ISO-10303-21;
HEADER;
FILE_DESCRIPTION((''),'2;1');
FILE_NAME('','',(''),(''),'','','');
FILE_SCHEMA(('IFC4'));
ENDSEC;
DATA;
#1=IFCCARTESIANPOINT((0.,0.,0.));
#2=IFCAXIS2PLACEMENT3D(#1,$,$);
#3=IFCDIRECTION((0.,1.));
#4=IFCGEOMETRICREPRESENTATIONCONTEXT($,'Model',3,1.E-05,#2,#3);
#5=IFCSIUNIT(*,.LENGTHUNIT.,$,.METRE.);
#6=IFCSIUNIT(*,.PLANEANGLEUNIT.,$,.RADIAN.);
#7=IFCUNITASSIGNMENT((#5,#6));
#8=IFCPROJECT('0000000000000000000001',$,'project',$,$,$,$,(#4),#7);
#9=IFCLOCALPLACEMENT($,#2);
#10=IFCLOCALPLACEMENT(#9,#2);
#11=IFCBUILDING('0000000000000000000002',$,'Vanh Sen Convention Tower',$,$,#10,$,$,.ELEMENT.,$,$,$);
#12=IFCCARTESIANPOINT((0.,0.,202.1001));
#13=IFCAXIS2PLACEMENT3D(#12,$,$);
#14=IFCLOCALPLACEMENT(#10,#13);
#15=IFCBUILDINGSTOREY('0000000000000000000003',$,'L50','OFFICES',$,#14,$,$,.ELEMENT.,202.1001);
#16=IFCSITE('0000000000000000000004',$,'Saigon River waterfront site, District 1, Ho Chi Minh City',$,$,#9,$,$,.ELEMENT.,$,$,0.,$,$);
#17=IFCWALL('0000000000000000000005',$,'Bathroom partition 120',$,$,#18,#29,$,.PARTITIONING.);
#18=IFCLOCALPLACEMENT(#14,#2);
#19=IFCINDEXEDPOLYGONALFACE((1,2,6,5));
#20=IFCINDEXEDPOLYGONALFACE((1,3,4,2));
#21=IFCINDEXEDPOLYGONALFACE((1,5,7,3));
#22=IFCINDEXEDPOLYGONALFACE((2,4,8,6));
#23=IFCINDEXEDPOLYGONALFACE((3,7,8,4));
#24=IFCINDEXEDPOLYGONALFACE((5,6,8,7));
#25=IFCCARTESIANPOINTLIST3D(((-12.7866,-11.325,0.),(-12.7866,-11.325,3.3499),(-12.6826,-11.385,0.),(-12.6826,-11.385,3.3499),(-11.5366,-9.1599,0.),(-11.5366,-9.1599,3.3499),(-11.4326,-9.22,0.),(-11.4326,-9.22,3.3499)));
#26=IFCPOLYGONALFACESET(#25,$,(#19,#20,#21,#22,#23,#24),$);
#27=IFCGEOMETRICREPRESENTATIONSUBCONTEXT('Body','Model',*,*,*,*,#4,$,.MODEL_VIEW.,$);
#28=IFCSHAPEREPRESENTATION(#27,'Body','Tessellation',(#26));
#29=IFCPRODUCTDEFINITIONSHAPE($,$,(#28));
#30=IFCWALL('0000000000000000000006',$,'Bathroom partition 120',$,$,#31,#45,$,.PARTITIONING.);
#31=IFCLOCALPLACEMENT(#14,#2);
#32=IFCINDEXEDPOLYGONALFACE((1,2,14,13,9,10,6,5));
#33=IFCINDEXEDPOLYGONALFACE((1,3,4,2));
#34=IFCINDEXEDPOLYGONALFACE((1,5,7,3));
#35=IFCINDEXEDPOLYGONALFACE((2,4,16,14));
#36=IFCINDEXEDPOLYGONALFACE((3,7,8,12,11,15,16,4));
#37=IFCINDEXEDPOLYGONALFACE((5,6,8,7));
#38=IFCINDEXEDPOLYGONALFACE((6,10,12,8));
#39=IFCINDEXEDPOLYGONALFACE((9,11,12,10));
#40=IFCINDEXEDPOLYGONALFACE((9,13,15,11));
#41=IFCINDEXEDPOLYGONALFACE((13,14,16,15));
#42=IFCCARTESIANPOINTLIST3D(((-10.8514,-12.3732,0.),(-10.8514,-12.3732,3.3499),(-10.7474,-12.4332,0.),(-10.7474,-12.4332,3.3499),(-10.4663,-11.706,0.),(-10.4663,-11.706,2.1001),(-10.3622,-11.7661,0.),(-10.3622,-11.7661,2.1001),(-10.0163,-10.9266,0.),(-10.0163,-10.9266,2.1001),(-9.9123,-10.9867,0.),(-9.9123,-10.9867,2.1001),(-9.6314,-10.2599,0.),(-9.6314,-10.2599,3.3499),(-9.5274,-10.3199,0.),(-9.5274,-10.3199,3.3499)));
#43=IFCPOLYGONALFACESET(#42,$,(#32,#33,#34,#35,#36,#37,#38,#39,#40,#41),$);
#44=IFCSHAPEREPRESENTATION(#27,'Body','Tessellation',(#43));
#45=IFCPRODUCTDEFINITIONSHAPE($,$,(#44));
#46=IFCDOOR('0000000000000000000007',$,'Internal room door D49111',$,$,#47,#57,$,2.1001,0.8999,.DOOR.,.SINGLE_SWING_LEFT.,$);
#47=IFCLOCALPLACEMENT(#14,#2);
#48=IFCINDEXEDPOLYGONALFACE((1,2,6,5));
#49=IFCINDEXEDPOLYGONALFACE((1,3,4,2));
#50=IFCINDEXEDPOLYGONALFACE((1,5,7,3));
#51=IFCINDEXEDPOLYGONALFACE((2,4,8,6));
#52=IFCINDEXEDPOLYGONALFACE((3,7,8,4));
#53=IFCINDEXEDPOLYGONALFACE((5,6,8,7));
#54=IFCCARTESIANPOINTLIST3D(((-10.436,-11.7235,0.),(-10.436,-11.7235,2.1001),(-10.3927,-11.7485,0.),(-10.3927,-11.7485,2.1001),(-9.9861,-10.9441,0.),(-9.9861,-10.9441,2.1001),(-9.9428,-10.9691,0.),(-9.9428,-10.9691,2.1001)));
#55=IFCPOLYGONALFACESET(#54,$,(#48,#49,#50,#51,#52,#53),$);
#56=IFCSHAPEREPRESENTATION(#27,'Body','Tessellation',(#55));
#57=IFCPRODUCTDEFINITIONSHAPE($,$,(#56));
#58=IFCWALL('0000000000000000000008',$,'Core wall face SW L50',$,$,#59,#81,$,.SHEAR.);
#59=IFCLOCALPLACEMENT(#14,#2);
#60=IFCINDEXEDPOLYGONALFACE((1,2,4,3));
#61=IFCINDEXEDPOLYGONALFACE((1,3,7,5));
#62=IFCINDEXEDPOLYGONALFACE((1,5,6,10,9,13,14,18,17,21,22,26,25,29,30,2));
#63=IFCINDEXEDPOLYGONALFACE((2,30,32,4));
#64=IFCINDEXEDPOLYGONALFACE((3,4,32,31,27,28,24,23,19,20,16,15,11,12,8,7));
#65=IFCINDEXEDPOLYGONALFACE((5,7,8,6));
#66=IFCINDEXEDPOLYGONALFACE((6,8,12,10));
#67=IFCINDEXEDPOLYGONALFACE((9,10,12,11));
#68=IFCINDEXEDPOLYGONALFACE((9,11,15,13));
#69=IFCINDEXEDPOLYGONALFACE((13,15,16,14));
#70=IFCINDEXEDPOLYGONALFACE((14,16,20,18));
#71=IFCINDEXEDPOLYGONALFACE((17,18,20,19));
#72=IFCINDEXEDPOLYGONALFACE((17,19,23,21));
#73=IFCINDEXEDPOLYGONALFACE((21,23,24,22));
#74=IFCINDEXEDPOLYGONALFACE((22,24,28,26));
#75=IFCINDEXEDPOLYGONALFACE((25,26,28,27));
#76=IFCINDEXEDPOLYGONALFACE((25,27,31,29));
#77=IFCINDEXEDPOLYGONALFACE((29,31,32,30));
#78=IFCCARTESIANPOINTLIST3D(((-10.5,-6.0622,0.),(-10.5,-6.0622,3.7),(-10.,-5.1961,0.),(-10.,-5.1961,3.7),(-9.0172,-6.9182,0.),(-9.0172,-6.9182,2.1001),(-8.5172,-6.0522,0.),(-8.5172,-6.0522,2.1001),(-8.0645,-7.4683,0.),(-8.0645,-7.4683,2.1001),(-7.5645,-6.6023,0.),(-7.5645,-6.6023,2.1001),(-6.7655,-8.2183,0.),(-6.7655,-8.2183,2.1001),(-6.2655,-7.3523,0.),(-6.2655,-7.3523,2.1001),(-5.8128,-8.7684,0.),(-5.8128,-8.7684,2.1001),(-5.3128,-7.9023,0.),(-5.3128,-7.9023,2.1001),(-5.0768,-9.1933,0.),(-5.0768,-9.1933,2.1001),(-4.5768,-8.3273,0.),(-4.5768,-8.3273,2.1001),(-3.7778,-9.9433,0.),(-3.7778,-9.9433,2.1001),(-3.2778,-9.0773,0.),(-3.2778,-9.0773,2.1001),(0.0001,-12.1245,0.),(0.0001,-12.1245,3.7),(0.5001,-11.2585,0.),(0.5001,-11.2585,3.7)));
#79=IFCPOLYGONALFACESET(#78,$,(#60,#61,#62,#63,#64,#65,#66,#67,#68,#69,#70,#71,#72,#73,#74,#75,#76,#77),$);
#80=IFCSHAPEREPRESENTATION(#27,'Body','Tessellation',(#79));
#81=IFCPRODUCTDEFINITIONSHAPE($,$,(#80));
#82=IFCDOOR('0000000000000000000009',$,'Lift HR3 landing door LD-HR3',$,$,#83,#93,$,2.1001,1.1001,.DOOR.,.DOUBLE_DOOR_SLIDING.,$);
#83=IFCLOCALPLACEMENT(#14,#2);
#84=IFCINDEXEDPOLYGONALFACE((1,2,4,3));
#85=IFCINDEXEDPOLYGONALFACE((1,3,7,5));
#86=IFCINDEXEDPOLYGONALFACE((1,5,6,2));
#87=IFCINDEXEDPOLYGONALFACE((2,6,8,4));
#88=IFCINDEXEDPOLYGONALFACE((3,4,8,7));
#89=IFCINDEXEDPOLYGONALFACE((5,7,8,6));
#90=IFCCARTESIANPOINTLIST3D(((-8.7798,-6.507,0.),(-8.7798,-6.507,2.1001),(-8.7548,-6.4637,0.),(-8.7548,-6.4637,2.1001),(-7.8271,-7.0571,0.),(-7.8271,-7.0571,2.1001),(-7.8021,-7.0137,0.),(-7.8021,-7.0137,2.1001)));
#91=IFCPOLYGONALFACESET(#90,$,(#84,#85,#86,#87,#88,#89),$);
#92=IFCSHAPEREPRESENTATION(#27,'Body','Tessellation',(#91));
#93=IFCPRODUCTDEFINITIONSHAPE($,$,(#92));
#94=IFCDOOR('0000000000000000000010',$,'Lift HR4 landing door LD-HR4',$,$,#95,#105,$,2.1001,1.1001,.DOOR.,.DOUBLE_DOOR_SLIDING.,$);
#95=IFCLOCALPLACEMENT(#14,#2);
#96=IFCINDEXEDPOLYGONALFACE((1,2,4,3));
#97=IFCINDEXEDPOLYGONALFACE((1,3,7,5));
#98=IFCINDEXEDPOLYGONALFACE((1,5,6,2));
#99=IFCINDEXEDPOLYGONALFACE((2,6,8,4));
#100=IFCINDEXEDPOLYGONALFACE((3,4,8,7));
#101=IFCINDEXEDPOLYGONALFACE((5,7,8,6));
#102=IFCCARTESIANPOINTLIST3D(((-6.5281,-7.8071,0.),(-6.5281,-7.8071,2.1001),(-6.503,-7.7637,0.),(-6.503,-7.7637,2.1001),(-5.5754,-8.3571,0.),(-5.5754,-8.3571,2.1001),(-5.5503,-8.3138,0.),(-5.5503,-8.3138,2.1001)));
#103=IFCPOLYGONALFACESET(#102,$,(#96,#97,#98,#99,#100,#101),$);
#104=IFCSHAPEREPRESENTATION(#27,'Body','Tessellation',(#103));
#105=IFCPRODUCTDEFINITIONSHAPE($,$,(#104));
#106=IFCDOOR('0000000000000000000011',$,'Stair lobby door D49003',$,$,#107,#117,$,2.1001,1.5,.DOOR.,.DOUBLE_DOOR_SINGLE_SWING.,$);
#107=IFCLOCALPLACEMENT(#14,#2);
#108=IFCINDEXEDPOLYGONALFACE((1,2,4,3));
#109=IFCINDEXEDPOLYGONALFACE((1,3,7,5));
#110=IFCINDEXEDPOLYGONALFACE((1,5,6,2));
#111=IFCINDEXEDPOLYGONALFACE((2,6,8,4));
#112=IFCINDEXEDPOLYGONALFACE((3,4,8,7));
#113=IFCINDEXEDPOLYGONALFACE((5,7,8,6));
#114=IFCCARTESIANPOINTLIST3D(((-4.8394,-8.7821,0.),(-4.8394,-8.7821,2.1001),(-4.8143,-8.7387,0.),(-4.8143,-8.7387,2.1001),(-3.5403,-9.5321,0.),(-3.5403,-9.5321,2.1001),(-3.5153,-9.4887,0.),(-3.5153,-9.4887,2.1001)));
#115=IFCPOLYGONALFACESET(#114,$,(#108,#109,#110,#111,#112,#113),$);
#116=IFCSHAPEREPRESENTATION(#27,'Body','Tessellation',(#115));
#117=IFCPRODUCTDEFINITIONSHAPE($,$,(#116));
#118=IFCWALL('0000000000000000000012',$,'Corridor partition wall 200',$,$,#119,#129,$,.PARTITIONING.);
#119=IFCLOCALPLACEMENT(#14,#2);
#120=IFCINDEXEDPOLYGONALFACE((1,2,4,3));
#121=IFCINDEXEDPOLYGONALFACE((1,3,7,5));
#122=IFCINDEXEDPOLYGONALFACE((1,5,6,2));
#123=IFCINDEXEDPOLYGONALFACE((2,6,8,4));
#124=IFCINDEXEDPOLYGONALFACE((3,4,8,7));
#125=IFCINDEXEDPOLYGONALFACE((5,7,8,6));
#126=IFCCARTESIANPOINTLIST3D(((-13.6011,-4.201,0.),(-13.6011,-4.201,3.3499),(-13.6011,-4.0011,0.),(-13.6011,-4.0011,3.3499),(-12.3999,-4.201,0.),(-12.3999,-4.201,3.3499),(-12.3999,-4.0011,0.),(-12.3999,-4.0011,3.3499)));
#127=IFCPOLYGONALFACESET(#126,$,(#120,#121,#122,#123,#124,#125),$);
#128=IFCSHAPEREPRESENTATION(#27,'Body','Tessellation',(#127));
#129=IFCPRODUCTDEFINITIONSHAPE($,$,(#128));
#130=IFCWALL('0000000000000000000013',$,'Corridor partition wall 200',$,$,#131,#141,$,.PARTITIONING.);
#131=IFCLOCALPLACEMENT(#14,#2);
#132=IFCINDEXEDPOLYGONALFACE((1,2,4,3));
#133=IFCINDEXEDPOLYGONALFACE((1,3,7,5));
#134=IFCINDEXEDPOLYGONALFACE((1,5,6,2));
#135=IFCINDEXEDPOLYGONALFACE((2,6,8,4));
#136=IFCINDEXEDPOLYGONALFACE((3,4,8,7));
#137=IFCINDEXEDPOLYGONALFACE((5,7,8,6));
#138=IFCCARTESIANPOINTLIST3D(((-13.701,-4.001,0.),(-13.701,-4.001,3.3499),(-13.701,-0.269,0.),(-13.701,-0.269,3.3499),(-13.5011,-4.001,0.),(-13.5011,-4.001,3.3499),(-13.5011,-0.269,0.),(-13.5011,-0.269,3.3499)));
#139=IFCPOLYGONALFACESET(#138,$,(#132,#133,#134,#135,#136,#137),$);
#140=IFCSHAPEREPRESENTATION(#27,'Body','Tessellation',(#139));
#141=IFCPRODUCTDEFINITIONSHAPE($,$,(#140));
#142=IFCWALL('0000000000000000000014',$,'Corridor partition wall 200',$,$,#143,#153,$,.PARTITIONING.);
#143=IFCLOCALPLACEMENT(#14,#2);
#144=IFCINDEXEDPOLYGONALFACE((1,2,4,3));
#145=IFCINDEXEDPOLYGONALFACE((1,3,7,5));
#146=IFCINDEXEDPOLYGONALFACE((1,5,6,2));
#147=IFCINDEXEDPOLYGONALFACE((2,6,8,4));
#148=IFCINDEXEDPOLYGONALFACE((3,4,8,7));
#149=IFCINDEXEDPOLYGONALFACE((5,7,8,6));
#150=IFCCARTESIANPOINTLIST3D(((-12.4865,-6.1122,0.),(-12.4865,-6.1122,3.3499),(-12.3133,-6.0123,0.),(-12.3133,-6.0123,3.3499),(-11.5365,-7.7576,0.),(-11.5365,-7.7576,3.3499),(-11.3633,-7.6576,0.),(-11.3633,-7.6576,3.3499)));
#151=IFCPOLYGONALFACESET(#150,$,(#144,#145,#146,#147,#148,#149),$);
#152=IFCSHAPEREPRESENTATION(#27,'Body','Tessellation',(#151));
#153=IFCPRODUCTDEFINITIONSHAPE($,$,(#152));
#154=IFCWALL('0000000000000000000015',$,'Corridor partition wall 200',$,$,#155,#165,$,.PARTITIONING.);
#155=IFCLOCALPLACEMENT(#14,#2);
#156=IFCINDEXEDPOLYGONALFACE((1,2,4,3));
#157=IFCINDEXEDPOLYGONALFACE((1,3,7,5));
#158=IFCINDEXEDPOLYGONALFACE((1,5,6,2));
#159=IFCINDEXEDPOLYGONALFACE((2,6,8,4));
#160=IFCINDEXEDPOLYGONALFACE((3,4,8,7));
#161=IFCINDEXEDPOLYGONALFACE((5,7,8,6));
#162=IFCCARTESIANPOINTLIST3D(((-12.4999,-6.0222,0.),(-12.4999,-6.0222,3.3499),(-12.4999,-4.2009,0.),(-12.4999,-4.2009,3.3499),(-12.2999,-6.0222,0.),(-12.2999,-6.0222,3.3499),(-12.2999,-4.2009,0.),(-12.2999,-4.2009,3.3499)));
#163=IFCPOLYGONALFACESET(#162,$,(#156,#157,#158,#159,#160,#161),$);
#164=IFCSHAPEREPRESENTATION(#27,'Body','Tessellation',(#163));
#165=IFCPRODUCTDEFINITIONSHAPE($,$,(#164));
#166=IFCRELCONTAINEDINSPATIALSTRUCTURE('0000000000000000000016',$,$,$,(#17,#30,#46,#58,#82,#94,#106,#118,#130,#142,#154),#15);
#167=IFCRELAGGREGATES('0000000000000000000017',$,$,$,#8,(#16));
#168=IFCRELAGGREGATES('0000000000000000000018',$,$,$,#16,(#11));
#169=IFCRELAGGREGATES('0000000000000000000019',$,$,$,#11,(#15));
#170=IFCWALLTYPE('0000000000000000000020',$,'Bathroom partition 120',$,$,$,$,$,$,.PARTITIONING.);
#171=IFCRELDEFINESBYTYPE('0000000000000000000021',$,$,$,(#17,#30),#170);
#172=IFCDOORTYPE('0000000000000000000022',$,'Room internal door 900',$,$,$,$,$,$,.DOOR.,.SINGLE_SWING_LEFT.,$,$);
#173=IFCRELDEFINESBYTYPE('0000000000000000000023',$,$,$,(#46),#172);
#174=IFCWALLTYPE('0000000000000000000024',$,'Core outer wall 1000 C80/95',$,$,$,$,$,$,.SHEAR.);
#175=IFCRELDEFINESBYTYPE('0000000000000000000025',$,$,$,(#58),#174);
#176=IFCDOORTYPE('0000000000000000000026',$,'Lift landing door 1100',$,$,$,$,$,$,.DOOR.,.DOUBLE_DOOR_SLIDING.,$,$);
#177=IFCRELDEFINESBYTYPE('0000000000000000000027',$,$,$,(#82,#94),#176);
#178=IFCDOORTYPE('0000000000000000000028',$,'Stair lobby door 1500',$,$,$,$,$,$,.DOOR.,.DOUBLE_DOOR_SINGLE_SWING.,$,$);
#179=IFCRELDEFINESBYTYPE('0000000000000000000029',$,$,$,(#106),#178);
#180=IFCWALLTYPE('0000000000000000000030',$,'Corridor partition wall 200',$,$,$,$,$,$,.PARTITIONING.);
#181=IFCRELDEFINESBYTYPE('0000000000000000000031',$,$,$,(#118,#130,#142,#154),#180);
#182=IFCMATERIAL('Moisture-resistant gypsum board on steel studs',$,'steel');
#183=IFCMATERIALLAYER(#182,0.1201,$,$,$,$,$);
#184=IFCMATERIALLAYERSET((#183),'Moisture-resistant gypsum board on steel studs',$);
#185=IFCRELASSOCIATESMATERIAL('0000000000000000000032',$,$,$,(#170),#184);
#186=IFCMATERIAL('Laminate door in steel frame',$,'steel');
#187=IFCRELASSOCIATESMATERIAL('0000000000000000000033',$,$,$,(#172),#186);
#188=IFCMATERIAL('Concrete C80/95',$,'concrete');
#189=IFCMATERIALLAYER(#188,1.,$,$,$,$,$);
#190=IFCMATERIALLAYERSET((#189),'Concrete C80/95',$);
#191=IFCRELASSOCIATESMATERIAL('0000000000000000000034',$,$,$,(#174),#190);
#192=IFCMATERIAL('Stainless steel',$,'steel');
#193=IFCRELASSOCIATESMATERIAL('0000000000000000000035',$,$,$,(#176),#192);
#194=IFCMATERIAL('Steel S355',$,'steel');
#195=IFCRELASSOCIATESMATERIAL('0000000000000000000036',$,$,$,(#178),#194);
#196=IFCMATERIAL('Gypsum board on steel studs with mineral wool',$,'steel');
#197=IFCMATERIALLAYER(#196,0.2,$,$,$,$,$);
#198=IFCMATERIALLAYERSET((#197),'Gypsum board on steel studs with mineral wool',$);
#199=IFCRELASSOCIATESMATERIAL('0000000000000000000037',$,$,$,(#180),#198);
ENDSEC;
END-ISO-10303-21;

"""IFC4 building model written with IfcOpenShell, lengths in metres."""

from ifc_helpers import new_model, si_unit, direction, frame, frame_2d, origin, place, context, subcontext, project, spatial, rectangle, extrude, material, layer, layer_set, type_object, element, fill, save


model = new_model("IFC4")

# Units and contexts
model_context = context("Model", 3, precision=1e-05, world=origin(), true_north=direction((0.0, 1.0)))
body_context = subcontext(model_context, "Body", "Model", "MODEL_VIEW")
ifc_project = project(units=[si_unit("LENGTHUNIT", "METRE"), si_unit("PLANEANGLEUNIT", "RADIAN")], contexts=[model_context])

# Site, building, storey
site_placement = place(None, origin())
site = spatial("IfcSite", under=ifc_project, at=site_placement, Name="Saigon River waterfront site, District 1, Ho Chi Minh City", CompositionType="ELEMENT", RefElevation=0.0)
building_placement = place(site_placement, origin())
building = spatial("IfcBuilding", under=site, at=building_placement, Name="Vanh Sen Convention Tower", CompositionType="ELEMENT")
storey_placement = place(building_placement, frame((0.0, 0.0, 202.1001)))
storey = spatial("IfcBuildingStorey", under=building, at=storey_placement, Name="L50", Description="OFFICES", CompositionType="ELEMENT", Elevation=202.1001)

# Wall
ifc_material_1 = material(Name="Moisture-resistant gypsum board on steel studs", Category="steel")
ifc_layer_1 = layer(ifc_material_1, 0.1201)
ifc_layer_set_1 = layer_set([ifc_layer_1], Name="Moisture-resistant gypsum board on steel studs")
wall_type_1 = type_object("IfcWallType", Name="Bathroom partition 120", PredefinedType="PARTITIONING", material=ifc_layer_set_1)
wall_1_placement = place(storey_placement, frame((-12.7346, -11.355, 0.0), z_axis=(0.0, 0.0, 1.0), x_axis=(0.500004, 0.866023, 0.0)))
element("IfcWall", 1, at=wall_1_placement, inside=storey, type_object=wall_type_1, Name="Bathroom partition 120", PredefinedType="PARTITIONING", context=body_context, shape_type="SweptSolid", body=[
    extrude(rectangle(XDim=2.5, YDim=0.1201, at=frame_2d((1.25, 0.0))), origin(), (0.0, 0.0, 1.0), 3.3499),
])

# Wall, opening, door
wall_2_placement = place(storey_placement, frame((-9.5793, -10.2898, 0.0), z_axis=(0.0, 0.0, 1.0), x_axis=(-0.499959, -0.866049, 0.0)))
wall_2 = element("IfcWall", 2, at=wall_2_placement, inside=storey, type_object=wall_type_1, Name="Bathroom partition 120", PredefinedType="PARTITIONING", context=body_context, shape_type="SweptSolid", body=[
    extrude(rectangle(XDim=2.4402, YDim=0.1201, at=frame_2d((1.2202, 0.0))), origin(), (0.0, 0.0, 1.0), 3.3499),
])
opening_1_placement = place(wall_2_placement, frame((0.77, 0.0, 0.0)))
opening_1 = element("IfcOpeningElement", 3, at=opening_1_placement, cuts=wall_2, PredefinedType="OPENING", context=body_context, shape_type="SweptSolid", body=[
    extrude(rectangle(XDim=0.8999, YDim=2.1001, at=frame_2d((0.45, 1.05))), frame((0.0, 0.0701, 0.0), z_axis=(0.0, -1.0, 0.0), x_axis=(1.0, 0.0, 0.0)), (0.0, 0.0, 1.0), 0.1401),
])
ifc_material_2 = material(Name="Laminate door in steel frame", Category="steel")
door_type_1 = type_object("IfcDoorType", Name="Room internal door 900", OperationType="SINGLE_SWING_LEFT", PredefinedType="DOOR", material=ifc_material_2)
door_1_placement = place(opening_1_placement, origin())
door_1 = element("IfcDoor", 4, at=door_1_placement, inside=storey, type_object=door_type_1, Name="Internal room door D49111", OperationType="SINGLE_SWING_LEFT", OverallHeight=2.1001, OverallWidth=0.8999, PredefinedType="DOOR", context=body_context, shape_type="SweptSolid", body=[
    extrude(rectangle(XDim=0.8999, YDim=2.1001, at=frame_2d((0.45, 1.05))), frame((0.0, 0.0249, 0.0), z_axis=(0.0, -1.0, 0.0), x_axis=(1.0, 0.0, 0.0)), (0.0, 0.0, 1.0), 0.05),
])
fill(opening_1, door_1)

# Wall, openings, doors
ifc_material_3 = material(Name="Concrete C80/95", Category="concrete")
ifc_layer_2 = layer(ifc_material_3, 1.0)
ifc_layer_set_2 = layer_set([ifc_layer_2], Name="Concrete C80/95")
wall_type_2 = type_object("IfcWallType", Name="Core outer wall 1000 C80/95", PredefinedType="SHEAR", material=ifc_layer_set_2)
wall_3_placement = place(storey_placement, frame((-10.25, -5.6292, 0.0), z_axis=(0.0, 0.0, 1.0), x_axis=(0.866023, -0.500005, 0.0)))
wall_3 = element("IfcWall", 5, at=wall_3_placement, inside=storey, type_object=wall_type_2, Name="Core wall face SW L50", PredefinedType="SHEAR", context=body_context, shape_type="SweptSolid", body=[
    extrude(rectangle(XDim=12.1245, YDim=1.0, at=frame_2d((6.0623, 0.0))), origin(), (0.0, 0.0, 1.0), 3.7),
])
opening_2_placement = place(wall_3_placement, frame((6.2622, 0.0, 0.0)))
opening_2 = element("IfcOpeningElement", 6, at=opening_2_placement, cuts=wall_3, PredefinedType="OPENING", context=body_context, shape_type="SweptSolid", body=[
    extrude(rectangle(XDim=1.5, YDim=2.1001, at=frame_2d((0.75, 1.05))), frame((0.0, 0.51, 0.0), z_axis=(0.0, -1.0, 0.0), x_axis=(1.0, 0.0, 0.0)), (0.0, 0.0, 1.0), 1.02),
])
opening_3_placement = place(wall_3_placement, frame((1.7122, 0.0, 0.0)))
opening_3 = element("IfcOpeningElement", 7, at=opening_3_placement, cuts=wall_3, PredefinedType="OPENING", context=body_context, shape_type="SweptSolid", body=[
    extrude(rectangle(XDim=1.1001, YDim=2.1001, at=frame_2d((0.55, 1.05))), frame((0.0, 0.51, 0.0), z_axis=(0.0, -1.0, 0.0), x_axis=(1.0, 0.0, 0.0)), (0.0, 0.0, 1.0), 1.02),
])
opening_4_placement = place(wall_3_placement, frame((4.3123, 0.0, 0.0)))
opening_4 = element("IfcOpeningElement", 8, at=opening_4_placement, cuts=wall_3, PredefinedType="OPENING", context=body_context, shape_type="SweptSolid", body=[
    extrude(rectangle(XDim=1.1001, YDim=2.1001, at=frame_2d((0.55, 1.05))), frame((0.0, 0.51, 0.0), z_axis=(0.0, -1.0, 0.0), x_axis=(1.0, 0.0, 0.0)), (0.0, 0.0, 1.0), 1.02),
])
ifc_material_4 = material(Name="Stainless steel", Category="steel")
door_type_2 = type_object("IfcDoorType", Name="Lift landing door 1100", OperationType="DOUBLE_DOOR_SLIDING", PredefinedType="DOOR", material=ifc_material_4)
door_2_placement = place(opening_3_placement, origin())
door_2 = element("IfcDoor", 9, at=door_2_placement, inside=storey, type_object=door_type_2, Name="Lift HR3 landing door LD-HR3", OperationType="DOUBLE_DOOR_SLIDING", OverallHeight=2.1001, OverallWidth=1.1001, PredefinedType="DOOR", context=body_context, shape_type="SweptSolid", body=[
    extrude(rectangle(XDim=1.1001, YDim=2.1001, at=frame_2d((0.55, 1.05))), frame((0.0, 0.0249, 0.0), z_axis=(0.0, -1.0, 0.0), x_axis=(1.0, 0.0, 0.0)), (0.0, 0.0, 1.0), 0.05),
])
fill(opening_3, door_2)
door_3_placement = place(opening_4_placement, origin())
door_3 = element("IfcDoor", 10, at=door_3_placement, inside=storey, type_object=door_type_2, Name="Lift HR4 landing door LD-HR4", OperationType="DOUBLE_DOOR_SLIDING", OverallHeight=2.1001, OverallWidth=1.1001, PredefinedType="DOOR", context=body_context, shape_type="SweptSolid", body=[
    extrude(rectangle(XDim=1.1001, YDim=2.1001, at=frame_2d((0.55, 1.05))), frame((0.0, 0.0249, 0.0), z_axis=(0.0, -1.0, 0.0), x_axis=(1.0, 0.0, 0.0)), (0.0, 0.0, 1.0), 0.05),
])
fill(opening_4, door_3)
ifc_material_5 = material(Name="Steel S355", Category="steel")
door_type_3 = type_object("IfcDoorType", Name="Stair lobby door 1500", OperationType="DOUBLE_DOOR_SINGLE_SWING", PredefinedType="DOOR", material=ifc_material_5)
door_4_placement = place(opening_2_placement, origin())
door_4 = element("IfcDoor", 11, at=door_4_placement, inside=storey, type_object=door_type_3, Name="Stair lobby door D49003", OperationType="DOUBLE_DOOR_SINGLE_SWING", OverallHeight=2.1001, OverallWidth=1.5, PredefinedType="DOOR", context=body_context, shape_type="SweptSolid", body=[
    extrude(rectangle(XDim=1.5, YDim=2.1001, at=frame_2d((0.75, 1.05))), frame((0.0, 0.0249, 0.0), z_axis=(0.0, -1.0, 0.0), x_axis=(1.0, 0.0, 0.0)), (0.0, 0.0, 1.0), 0.05),
])
fill(opening_2, door_4)

# Walls
ifc_material_6 = material(Name="Gypsum board on steel studs with mineral wool", Category="steel")
ifc_layer_3 = layer(ifc_material_6, 0.2)
ifc_layer_set_3 = layer_set([ifc_layer_3], Name="Gypsum board on steel studs with mineral wool")
wall_type_3 = type_object("IfcWallType", Name="Corridor partition wall 200", PredefinedType="PARTITIONING", material=ifc_layer_set_3)
wall_4_placement = place(storey_placement, frame((-13.6011, -4.1011, 0.0), z_axis=(0.0, 0.0, 1.0), x_axis=(1.0, 0.0, 0.0)))
element("IfcWall", 12, at=wall_4_placement, inside=storey, type_object=wall_type_3, Name="Corridor partition wall 200", PredefinedType="PARTITIONING", context=body_context, shape_type="SweptSolid", body=[
    extrude(rectangle(XDim=1.2012, YDim=0.2, at=frame_2d((0.6006, 0.0))), origin(), (0.0, 0.0, 1.0), 3.3499),
])
wall_5_placement = place(storey_placement, frame((-13.6011, -0.269, 0.0), z_axis=(0.0, 0.0, 1.0), x_axis=(0.0, -1.0, 0.0)))
element("IfcWall", 13, at=wall_5_placement, inside=storey, type_object=wall_type_3, Name="Corridor partition wall 200", PredefinedType="PARTITIONING", context=body_context, shape_type="SweptSolid", body=[
    extrude(rectangle(XDim=3.7319, YDim=0.2, at=frame_2d((1.866, 0.0))), origin(), (0.0, 0.0, 1.0), 3.3499),
])
wall_6_placement = place(storey_placement, frame((-12.3999, -6.0623, 0.0), z_axis=(0.0, 0.0, 1.0), x_axis=(0.500023, -0.866012, 0.0)))
element("IfcWall", 14, at=wall_6_placement, inside=storey, type_object=wall_type_3, Name="Corridor partition wall 200", PredefinedType="PARTITIONING", context=body_context, shape_type="SweptSolid", body=[
    extrude(rectangle(XDim=1.8999, YDim=0.2, at=frame_2d((0.95, 0.0))), origin(), (0.0, 0.0, 1.0), 3.3499),
])
wall_7_placement = place(storey_placement, frame((-12.3999, -4.2009, 0.0), z_axis=(0.0, 0.0, 1.0), x_axis=(0.0, -1.0, 0.0)))
element("IfcWall", 15, at=wall_7_placement, inside=storey, type_object=wall_type_3, Name="Corridor partition wall 200", PredefinedType="PARTITIONING", context=body_context, shape_type="SweptSolid", body=[
    extrude(rectangle(XDim=1.8213, YDim=0.2, at=frame_2d((0.9106, 0.0))), origin(), (0.0, 0.0, 1.0), 3.3499),
])

save(model, "model.ifc")
